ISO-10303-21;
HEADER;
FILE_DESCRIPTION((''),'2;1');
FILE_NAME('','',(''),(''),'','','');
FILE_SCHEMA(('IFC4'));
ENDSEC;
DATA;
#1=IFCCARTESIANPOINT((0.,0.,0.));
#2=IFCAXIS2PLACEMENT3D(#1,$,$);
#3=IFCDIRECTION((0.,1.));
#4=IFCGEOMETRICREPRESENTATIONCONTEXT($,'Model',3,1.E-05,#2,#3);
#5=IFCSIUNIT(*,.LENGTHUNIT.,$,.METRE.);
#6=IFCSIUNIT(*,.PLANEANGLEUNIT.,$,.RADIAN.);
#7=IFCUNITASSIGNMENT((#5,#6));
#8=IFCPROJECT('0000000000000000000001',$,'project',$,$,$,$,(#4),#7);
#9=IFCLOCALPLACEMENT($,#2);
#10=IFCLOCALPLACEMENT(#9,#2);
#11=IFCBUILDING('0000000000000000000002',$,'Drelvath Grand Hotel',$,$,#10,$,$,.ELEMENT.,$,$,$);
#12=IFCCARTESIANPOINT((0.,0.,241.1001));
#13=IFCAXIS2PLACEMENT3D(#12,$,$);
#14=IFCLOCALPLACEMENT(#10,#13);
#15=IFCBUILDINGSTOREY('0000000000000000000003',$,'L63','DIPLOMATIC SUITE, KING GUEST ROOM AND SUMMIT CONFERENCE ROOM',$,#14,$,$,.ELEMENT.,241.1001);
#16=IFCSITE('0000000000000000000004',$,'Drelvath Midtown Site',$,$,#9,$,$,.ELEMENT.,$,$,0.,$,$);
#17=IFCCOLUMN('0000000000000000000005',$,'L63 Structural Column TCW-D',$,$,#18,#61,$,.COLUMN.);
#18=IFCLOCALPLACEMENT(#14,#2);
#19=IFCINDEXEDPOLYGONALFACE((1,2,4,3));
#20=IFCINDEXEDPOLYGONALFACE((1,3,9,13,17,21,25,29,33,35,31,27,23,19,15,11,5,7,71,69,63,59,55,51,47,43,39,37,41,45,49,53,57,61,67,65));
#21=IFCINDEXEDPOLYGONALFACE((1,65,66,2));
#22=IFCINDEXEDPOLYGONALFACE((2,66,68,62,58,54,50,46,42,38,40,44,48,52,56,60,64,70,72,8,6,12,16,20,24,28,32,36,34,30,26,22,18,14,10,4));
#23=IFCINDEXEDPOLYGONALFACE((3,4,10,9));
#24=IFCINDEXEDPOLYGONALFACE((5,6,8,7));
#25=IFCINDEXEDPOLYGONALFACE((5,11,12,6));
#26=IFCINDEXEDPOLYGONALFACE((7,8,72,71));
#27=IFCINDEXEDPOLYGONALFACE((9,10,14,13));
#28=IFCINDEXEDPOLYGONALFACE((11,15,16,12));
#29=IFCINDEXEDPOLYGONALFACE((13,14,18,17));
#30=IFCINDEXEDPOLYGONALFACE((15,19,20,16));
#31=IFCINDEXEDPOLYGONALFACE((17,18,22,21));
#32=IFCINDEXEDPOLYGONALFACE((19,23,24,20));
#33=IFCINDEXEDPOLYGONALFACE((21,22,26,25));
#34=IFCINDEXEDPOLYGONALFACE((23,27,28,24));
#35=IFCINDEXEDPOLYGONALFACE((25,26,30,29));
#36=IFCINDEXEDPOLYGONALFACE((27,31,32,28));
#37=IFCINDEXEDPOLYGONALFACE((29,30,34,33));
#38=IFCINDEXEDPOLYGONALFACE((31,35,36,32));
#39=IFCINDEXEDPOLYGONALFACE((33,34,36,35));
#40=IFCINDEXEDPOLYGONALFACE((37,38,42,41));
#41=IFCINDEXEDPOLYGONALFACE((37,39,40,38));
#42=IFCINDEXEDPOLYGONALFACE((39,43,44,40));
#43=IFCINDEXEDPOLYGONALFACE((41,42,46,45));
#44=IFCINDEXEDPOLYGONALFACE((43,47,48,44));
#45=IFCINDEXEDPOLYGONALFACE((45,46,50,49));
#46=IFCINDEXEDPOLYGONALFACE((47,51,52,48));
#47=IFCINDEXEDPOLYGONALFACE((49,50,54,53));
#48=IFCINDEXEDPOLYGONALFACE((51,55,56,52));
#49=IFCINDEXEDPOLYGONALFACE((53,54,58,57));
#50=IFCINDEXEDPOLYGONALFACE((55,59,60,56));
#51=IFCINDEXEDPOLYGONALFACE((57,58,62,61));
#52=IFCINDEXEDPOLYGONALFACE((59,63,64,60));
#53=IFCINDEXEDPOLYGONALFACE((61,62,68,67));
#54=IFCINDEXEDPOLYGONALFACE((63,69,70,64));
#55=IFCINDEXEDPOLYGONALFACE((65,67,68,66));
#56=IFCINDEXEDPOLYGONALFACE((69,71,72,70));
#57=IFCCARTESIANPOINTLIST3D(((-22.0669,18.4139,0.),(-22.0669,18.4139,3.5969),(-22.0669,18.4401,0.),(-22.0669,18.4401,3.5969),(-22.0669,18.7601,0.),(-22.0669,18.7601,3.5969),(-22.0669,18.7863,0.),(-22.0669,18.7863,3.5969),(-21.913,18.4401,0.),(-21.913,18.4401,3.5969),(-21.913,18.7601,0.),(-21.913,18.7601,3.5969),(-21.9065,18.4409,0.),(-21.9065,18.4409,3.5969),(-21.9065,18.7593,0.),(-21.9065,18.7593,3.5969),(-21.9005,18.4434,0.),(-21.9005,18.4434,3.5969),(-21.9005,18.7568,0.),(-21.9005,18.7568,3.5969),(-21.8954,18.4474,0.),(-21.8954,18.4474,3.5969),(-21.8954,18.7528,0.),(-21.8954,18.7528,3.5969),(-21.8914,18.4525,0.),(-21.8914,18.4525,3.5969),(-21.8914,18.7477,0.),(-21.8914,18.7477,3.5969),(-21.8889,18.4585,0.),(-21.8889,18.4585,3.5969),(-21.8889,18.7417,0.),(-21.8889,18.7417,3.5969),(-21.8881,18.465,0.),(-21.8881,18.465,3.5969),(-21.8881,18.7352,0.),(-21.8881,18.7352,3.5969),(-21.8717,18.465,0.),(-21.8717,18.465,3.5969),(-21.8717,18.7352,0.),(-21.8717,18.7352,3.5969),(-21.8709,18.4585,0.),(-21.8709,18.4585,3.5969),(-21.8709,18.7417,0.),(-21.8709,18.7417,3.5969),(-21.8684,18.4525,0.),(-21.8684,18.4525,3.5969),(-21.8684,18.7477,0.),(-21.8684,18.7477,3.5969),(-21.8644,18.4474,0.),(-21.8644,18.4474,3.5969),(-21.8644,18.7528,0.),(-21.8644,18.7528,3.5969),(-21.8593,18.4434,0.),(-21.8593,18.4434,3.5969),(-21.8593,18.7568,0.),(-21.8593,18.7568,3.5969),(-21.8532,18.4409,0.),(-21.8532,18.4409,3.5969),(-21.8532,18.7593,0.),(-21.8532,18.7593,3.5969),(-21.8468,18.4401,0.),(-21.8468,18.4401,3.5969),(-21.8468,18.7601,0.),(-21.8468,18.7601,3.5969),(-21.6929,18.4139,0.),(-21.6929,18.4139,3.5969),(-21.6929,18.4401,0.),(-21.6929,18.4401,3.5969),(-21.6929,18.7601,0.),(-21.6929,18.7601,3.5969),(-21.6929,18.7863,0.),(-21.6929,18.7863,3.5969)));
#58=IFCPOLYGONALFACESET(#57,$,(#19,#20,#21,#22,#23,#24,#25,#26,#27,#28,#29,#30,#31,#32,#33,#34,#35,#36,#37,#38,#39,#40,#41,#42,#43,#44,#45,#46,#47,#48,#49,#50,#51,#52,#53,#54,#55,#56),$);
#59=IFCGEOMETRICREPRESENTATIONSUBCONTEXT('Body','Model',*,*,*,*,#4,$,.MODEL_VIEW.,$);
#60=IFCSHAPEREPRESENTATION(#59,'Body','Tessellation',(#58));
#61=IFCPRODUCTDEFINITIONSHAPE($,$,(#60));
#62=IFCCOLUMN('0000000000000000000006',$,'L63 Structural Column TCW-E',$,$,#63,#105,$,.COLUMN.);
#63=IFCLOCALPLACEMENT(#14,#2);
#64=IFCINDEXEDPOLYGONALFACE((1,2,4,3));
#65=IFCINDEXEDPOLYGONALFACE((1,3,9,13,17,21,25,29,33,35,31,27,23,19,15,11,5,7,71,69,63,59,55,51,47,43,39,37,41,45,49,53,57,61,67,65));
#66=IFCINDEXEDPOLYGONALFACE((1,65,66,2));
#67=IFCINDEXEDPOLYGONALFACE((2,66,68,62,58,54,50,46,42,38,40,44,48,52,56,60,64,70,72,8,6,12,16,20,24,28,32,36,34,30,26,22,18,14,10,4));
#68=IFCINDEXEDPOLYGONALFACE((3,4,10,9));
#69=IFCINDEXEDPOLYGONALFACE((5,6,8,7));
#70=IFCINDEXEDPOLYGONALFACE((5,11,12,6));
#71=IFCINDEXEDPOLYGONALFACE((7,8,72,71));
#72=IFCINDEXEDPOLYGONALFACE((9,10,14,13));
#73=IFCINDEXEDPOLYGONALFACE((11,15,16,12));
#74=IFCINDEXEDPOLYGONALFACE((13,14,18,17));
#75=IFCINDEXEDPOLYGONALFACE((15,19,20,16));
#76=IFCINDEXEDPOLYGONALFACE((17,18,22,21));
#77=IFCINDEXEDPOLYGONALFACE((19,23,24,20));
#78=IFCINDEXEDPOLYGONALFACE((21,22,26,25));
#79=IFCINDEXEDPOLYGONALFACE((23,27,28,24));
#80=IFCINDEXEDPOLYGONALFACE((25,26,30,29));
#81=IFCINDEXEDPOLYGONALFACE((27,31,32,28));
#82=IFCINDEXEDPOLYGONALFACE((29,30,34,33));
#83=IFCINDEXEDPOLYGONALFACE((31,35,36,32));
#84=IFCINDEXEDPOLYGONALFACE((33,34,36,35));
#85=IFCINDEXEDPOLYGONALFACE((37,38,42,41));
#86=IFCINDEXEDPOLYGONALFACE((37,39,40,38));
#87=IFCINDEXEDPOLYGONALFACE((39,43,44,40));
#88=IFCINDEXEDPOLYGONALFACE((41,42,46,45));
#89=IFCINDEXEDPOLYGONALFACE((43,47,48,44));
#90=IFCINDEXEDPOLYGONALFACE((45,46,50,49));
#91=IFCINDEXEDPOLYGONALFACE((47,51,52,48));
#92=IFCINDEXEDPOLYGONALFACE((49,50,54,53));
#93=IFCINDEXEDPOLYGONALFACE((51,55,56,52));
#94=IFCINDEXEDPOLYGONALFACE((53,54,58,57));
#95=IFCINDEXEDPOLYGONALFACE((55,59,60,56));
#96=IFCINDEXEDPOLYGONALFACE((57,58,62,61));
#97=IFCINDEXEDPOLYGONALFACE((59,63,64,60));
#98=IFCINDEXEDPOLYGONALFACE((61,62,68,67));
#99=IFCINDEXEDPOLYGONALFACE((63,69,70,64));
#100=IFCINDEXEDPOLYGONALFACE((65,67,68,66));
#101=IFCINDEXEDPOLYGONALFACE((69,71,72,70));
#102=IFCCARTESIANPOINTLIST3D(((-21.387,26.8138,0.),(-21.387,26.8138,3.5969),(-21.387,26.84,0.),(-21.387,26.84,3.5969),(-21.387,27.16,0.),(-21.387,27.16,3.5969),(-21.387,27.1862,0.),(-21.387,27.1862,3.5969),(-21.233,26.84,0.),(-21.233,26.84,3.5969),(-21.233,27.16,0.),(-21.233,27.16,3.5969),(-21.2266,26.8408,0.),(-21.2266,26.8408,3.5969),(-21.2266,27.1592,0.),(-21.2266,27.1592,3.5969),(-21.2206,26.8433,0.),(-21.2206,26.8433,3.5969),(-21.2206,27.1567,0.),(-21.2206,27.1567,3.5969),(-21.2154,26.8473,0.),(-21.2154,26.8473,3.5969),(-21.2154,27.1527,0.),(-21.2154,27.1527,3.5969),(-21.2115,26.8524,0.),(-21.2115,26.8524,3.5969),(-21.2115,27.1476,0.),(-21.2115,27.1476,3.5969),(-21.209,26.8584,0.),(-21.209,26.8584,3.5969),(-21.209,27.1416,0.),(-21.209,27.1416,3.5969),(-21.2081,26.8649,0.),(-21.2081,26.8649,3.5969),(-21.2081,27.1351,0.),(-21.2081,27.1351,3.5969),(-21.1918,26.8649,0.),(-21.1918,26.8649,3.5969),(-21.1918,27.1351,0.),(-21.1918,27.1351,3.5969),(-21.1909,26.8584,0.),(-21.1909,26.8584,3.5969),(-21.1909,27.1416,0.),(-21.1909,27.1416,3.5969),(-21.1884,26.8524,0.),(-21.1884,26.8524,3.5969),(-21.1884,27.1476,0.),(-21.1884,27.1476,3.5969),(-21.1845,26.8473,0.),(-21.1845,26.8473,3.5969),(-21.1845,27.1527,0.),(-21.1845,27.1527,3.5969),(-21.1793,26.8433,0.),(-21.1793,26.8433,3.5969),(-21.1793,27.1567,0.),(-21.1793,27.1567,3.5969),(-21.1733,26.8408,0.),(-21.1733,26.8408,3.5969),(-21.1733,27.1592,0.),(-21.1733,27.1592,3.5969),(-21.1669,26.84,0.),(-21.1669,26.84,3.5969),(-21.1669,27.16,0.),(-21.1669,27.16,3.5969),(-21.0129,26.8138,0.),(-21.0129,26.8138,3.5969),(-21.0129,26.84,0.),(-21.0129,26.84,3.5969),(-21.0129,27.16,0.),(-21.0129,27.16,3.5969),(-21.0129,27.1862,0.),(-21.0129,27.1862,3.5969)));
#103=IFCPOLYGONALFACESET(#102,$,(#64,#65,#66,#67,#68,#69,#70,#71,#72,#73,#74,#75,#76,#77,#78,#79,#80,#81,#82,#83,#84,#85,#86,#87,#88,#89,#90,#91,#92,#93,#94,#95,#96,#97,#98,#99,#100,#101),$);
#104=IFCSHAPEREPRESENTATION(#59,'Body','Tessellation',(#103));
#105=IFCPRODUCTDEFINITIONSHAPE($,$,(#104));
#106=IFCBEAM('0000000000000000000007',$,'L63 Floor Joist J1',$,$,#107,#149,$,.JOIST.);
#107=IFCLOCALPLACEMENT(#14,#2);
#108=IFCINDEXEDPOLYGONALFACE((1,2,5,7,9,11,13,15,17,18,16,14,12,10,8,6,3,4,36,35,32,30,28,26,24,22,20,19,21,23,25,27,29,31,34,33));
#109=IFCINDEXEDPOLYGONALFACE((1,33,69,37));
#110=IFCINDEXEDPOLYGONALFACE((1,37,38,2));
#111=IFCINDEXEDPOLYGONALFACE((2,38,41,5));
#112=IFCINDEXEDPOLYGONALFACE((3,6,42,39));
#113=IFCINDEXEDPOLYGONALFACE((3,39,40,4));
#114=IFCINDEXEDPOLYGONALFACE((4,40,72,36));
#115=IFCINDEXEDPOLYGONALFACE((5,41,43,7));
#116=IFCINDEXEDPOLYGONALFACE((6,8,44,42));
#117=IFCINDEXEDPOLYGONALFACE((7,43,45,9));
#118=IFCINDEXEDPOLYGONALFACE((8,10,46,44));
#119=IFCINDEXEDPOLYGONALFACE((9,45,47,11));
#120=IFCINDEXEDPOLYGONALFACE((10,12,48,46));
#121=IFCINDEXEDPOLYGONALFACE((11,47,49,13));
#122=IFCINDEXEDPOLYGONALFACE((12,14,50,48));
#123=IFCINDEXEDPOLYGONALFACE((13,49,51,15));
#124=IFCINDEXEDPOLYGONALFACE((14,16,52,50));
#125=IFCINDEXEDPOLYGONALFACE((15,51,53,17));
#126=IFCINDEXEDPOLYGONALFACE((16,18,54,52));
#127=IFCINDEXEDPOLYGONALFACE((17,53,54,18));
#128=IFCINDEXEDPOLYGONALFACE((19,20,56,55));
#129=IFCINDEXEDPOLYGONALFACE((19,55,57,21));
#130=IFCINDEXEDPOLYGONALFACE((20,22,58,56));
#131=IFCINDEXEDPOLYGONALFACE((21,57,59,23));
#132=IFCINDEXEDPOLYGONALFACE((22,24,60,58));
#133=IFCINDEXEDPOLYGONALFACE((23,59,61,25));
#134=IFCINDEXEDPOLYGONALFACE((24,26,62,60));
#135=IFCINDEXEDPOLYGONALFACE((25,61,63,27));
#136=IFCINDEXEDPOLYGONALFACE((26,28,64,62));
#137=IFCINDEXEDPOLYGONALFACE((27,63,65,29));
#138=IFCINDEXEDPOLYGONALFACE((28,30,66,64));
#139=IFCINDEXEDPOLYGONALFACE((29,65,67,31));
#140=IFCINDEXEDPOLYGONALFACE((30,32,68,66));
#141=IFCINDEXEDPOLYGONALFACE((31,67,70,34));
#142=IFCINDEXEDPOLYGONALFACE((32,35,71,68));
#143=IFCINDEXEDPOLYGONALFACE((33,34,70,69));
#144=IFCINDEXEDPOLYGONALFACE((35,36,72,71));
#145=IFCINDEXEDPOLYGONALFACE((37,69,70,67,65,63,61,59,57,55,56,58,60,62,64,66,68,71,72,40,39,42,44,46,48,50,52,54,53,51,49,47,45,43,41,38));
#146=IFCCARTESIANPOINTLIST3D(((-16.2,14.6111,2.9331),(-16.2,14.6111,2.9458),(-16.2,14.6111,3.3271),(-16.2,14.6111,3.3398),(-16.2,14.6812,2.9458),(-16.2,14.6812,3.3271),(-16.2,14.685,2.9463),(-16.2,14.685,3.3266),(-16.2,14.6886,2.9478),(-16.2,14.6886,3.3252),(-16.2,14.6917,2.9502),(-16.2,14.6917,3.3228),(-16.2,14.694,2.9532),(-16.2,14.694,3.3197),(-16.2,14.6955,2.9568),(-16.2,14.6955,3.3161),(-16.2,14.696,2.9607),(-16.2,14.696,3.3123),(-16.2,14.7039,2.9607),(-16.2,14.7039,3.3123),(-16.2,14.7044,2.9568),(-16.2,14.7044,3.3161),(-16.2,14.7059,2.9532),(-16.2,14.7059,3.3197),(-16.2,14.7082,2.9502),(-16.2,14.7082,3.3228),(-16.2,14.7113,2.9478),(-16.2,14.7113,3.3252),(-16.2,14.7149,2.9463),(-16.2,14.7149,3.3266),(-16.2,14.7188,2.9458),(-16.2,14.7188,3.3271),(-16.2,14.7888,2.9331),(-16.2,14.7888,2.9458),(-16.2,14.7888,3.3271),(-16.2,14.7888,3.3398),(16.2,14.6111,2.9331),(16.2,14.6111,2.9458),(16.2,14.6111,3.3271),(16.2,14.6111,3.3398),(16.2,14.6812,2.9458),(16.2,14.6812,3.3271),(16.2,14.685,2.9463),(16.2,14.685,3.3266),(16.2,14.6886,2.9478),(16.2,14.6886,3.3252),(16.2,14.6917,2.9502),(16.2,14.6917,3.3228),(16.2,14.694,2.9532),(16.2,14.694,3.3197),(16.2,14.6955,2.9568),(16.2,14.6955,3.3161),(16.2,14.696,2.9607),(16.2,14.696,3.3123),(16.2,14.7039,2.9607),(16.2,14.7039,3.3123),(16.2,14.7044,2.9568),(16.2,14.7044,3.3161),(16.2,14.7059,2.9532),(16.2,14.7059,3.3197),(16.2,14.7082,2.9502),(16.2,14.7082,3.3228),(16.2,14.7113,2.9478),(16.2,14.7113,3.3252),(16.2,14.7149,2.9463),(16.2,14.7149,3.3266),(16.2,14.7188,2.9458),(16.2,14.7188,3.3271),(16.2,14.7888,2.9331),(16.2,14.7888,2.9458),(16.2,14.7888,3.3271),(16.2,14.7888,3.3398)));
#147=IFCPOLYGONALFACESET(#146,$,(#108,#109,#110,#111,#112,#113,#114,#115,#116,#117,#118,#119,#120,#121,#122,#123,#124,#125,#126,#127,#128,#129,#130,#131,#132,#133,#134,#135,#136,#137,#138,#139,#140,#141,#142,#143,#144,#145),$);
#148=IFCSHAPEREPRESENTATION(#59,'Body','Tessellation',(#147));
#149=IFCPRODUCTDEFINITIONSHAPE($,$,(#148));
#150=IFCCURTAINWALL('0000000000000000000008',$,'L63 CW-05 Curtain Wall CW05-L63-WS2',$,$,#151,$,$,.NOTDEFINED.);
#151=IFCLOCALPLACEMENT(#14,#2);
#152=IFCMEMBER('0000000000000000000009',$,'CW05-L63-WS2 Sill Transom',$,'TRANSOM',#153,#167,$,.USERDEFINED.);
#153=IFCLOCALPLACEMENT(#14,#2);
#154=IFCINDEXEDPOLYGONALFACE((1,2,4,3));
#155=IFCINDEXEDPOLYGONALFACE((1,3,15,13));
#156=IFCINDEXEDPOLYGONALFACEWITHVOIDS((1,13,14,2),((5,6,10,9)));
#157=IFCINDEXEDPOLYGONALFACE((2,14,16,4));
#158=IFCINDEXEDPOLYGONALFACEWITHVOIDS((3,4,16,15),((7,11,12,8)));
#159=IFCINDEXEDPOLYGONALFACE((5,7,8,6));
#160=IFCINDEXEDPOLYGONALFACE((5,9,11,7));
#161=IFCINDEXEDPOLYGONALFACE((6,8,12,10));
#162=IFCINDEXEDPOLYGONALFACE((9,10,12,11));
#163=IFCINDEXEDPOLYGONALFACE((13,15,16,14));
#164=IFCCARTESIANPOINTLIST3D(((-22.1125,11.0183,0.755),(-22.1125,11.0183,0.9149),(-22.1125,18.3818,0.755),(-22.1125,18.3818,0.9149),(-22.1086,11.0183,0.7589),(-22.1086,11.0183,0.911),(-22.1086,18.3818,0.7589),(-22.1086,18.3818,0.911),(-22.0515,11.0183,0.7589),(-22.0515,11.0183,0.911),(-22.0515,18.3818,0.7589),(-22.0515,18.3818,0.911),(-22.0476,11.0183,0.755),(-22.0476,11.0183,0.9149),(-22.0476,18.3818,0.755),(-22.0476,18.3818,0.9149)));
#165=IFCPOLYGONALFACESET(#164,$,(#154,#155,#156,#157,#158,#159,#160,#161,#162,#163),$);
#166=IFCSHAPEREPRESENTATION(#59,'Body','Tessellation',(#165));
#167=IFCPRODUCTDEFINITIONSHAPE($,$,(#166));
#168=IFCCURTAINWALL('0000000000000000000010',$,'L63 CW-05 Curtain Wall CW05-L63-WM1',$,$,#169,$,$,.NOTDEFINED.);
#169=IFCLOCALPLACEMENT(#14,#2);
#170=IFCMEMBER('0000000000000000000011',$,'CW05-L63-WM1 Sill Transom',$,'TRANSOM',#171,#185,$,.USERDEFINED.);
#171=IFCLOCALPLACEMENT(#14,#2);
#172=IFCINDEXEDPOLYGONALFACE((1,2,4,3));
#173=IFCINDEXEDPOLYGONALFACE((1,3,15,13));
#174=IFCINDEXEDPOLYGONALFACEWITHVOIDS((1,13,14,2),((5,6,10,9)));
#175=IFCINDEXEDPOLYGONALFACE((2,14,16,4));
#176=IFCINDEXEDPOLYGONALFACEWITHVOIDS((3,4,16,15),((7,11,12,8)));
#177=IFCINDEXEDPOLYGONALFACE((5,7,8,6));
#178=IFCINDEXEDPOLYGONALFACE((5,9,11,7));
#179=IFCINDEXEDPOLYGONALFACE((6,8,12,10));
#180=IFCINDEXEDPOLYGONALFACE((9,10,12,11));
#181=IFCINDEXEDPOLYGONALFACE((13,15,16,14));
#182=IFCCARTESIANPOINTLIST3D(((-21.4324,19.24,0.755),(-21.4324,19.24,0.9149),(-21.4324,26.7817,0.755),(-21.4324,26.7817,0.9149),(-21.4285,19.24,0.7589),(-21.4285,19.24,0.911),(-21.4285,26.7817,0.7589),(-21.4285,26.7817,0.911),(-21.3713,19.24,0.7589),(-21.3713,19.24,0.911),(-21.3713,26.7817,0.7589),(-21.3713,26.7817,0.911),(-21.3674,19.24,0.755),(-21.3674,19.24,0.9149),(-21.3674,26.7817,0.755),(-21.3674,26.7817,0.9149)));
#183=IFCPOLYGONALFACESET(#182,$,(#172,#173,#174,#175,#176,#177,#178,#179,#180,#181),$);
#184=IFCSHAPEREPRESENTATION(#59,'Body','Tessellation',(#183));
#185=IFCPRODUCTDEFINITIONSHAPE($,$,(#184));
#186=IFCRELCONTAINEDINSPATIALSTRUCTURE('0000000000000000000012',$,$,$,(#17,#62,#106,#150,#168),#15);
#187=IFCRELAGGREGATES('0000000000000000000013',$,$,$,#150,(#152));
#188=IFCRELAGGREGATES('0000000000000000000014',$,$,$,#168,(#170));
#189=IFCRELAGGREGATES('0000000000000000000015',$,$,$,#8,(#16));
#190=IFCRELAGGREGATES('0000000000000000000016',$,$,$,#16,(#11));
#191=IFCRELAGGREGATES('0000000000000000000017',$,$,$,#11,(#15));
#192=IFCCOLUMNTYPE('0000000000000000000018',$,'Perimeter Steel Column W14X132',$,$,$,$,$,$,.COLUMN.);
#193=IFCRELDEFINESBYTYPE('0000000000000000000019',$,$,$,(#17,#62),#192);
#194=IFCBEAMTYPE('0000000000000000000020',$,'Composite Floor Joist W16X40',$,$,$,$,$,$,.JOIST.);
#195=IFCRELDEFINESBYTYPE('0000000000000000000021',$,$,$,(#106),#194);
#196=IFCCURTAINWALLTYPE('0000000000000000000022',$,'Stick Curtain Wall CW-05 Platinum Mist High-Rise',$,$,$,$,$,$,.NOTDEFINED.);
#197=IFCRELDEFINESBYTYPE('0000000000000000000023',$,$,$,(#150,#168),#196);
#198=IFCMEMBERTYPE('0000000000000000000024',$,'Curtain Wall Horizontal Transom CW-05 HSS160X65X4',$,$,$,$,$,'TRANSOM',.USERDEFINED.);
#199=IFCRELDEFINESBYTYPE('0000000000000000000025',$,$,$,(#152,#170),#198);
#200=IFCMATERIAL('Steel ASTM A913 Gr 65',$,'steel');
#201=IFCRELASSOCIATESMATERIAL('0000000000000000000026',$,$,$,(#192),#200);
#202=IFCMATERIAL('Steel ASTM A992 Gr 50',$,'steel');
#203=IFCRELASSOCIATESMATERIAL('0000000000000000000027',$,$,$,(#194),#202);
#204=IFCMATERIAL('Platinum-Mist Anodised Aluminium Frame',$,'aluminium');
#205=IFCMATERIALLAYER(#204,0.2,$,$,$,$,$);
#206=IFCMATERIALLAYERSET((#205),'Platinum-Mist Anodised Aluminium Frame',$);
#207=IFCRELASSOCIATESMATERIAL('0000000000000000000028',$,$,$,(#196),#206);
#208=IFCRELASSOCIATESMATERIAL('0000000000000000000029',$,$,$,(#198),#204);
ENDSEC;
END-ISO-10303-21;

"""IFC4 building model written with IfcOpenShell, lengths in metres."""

from ifc_helpers import new_model, si_unit, direction, frame, origin, origin_2d, place, context, subcontext, project, spatial, hollow_rectangle, i_section, extrude, material, layer, layer_set, material_profile, profile_set, type_object, element, aggregate, save


model = new_model("IFC4")

# Units and contexts
model_context = context("Model", 3, precision=1e-05, world=origin(), true_north=direction((0.0, 1.0)))
body_context = subcontext(model_context, "Body", "Model", "MODEL_VIEW")
ifc_project = project(units=[si_unit("LENGTHUNIT", "METRE"), si_unit("PLANEANGLEUNIT", "RADIAN")], contexts=[model_context])

# Site, building, storey
site_placement = place(None, origin())
site = spatial("IfcSite", under=ifc_project, at=site_placement, Name="Drelvath Midtown Site", CompositionType="ELEMENT", RefElevation=0.0)
building_placement = place(site_placement, origin())
building = spatial("IfcBuilding", under=site, at=building_placement, Name="Drelvath Grand Hotel", CompositionType="ELEMENT")
storey_placement = place(building_placement, frame((0.0, 0.0, 241.1001)))
storey = spatial("IfcBuildingStorey", under=building, at=storey_placement, Name="L63", Description="DIPLOMATIC SUITE, KING GUEST ROOM AND SUMMIT CONFERENCE ROOM", CompositionType="ELEMENT", Elevation=241.1001)

# Columns
ifc_material_1 = material(Name="Steel ASTM A913 Gr 65", Category="steel")
ifc_material_profile_1 = material_profile(ifc_material_1, i_section(OverallWidth=0.374, OverallDepth=0.3723, WebThickness=0.0164, FlangeThickness=0.0261, FilletRadius=0.0249, at=origin_2d()), Name="W14X132")
ifc_profile_set_1 = profile_set([ifc_material_profile_1], Name="Steel ASTM A913 Gr 65")
column_type = type_object("IfcColumnType", Name="Perimeter Steel Column W14X132", PredefinedType="COLUMN", material=ifc_profile_set_1)
for number, where, z_axis, x_axis, name in (
    (1, (-21.8799, 18.6001, 0.0), (0.0, 0.0, 1.0), (1.0, 0.0, 0.0), "L63 Structural Column TCW-D"),
    (2, (-21.2, 27.0, 0.0), (0.0, 0.0, 1.0), (1.0, 0.0, 0.0), "L63 Structural Column TCW-E"),
):
    element("IfcColumn", number, at=place(storey_placement, frame(where, z_axis=z_axis, x_axis=x_axis)), inside=storey, type_object=column_type, Name=name, PredefinedType="COLUMN", context=body_context, shape_type="SweptSolid", body=[
        extrude(i_section(OverallWidth=0.374, OverallDepth=0.3723, WebThickness=0.0164, FlangeThickness=0.0261, FilletRadius=0.0249, at=origin_2d()), origin(), (0.0, 0.0, 1.0), 3.5969),
    ])

# Beam
ifc_material_2 = material(Name="Steel ASTM A992 Gr 50", Category="steel")
ifc_material_profile_2 = material_profile(ifc_material_2, i_section(OverallWidth=0.1777, OverallDepth=0.4067, WebThickness=0.0078, FlangeThickness=0.0127, FilletRadius=0.0149, at=origin_2d()), Name="W16X40")
ifc_profile_set_2 = profile_set([ifc_material_profile_2], Name="Steel ASTM A992 Gr 50")
beam_type_1 = type_object("IfcBeamType", Name="Composite Floor Joist W16X40", PredefinedType="JOIST", material=ifc_profile_set_2)
beam_1_placement = place(storey_placement, frame((-16.2, 14.7, 3.1365), z_axis=(1.0, 0.0, 0.0), x_axis=(0.0, 1.0, 0.0)))
element("IfcBeam", 3, at=beam_1_placement, inside=storey, type_object=beam_type_1, Name="L63 Floor Joist J1", PredefinedType="JOIST", context=body_context, shape_type="SweptSolid", body=[
    extrude(i_section(OverallWidth=0.1777, OverallDepth=0.4067, WebThickness=0.0078, FlangeThickness=0.0127, FilletRadius=0.0149, at=origin_2d()), origin(), (0.0, 0.0, 1.0), 32.3999),
])

# Curtain walls, members
ifc_material_3 = material(Name="Platinum-Mist Anodised Aluminium Frame", Category="aluminium")
ifc_layer_1 = layer(ifc_material_3, 0.2)
ifc_layer_set_1 = layer_set([ifc_layer_1], Name="Platinum-Mist Anodised Aluminium Frame")
curtain_wall_type = type_object("IfcCurtainWallType", Name="Stick Curtain Wall CW-05 Platinum Mist High-Rise", PredefinedType="NOTDEFINED", material=ifc_layer_set_1)
curtain_wall_1_placement = place(storey_placement, origin())
curtain_wall_1 = element("IfcCurtainWall", 4, at=curtain_wall_1_placement, inside=storey, type_object=curtain_wall_type, Name="L63 CW-05 Curtain Wall CW05-L63-WS2", PredefinedType="NOTDEFINED")
ifc_material_profile_3 = material_profile(ifc_material_3, hollow_rectangle(XDim=0.0649, YDim=0.1599, WallThickness=0.0039, at=origin_2d()), Name="HSS160X65X4")
ifc_profile_set_3 = profile_set([ifc_material_profile_3], Name="Platinum-Mist Anodised Aluminium Frame")
member_type_1 = type_object("IfcMemberType", Name="Curtain Wall Horizontal Transom CW-05 HSS160X65X4", ElementType="TRANSOM", PredefinedType="USERDEFINED", material=ifc_profile_set_3)
member_1_placement = place(storey_placement, frame((-22.0801, 11.0183, 0.835), z_axis=(0.0, 1.0, 0.0), x_axis=(-1.0, 0.0, 0.0)))
member_1 = element("IfcMember", 5, at=member_1_placement, type_object=member_type_1, Name="CW05-L63-WS2 Sill Transom", ObjectType="TRANSOM", PredefinedType="USERDEFINED", context=body_context, shape_type="SweptSolid", body=[
    extrude(hollow_rectangle(XDim=0.0649, YDim=0.1599, WallThickness=0.0039, at=origin_2d()), origin(), (0.0, 0.0, 1.0), 7.3635),
])
curtain_wall_2_placement = place(storey_placement, origin())
curtain_wall_2 = element("IfcCurtainWall", 6, at=curtain_wall_2_placement, inside=storey, type_object=curtain_wall_type, Name="L63 CW-05 Curtain Wall CW05-L63-WM1", PredefinedType="NOTDEFINED")
member_2_placement = place(storey_placement, frame((-21.3999, 19.24, 0.835), z_axis=(0.0, 1.0, 0.0), x_axis=(-1.0, 0.0, 0.0)))
member_2 = element("IfcMember", 7, at=member_2_placement, type_object=member_type_1, Name="CW05-L63-WM1 Sill Transom", ObjectType="TRANSOM", PredefinedType="USERDEFINED", context=body_context, shape_type="SweptSolid", body=[
    extrude(hollow_rectangle(XDim=0.0649, YDim=0.1599, WallThickness=0.0039, at=origin_2d()), origin(), (0.0, 0.0, 1.0), 7.5417),
])

aggregate(curtain_wall_1, [member_1])
aggregate(curtain_wall_2, [member_2])

save(model, "model.ifc")
